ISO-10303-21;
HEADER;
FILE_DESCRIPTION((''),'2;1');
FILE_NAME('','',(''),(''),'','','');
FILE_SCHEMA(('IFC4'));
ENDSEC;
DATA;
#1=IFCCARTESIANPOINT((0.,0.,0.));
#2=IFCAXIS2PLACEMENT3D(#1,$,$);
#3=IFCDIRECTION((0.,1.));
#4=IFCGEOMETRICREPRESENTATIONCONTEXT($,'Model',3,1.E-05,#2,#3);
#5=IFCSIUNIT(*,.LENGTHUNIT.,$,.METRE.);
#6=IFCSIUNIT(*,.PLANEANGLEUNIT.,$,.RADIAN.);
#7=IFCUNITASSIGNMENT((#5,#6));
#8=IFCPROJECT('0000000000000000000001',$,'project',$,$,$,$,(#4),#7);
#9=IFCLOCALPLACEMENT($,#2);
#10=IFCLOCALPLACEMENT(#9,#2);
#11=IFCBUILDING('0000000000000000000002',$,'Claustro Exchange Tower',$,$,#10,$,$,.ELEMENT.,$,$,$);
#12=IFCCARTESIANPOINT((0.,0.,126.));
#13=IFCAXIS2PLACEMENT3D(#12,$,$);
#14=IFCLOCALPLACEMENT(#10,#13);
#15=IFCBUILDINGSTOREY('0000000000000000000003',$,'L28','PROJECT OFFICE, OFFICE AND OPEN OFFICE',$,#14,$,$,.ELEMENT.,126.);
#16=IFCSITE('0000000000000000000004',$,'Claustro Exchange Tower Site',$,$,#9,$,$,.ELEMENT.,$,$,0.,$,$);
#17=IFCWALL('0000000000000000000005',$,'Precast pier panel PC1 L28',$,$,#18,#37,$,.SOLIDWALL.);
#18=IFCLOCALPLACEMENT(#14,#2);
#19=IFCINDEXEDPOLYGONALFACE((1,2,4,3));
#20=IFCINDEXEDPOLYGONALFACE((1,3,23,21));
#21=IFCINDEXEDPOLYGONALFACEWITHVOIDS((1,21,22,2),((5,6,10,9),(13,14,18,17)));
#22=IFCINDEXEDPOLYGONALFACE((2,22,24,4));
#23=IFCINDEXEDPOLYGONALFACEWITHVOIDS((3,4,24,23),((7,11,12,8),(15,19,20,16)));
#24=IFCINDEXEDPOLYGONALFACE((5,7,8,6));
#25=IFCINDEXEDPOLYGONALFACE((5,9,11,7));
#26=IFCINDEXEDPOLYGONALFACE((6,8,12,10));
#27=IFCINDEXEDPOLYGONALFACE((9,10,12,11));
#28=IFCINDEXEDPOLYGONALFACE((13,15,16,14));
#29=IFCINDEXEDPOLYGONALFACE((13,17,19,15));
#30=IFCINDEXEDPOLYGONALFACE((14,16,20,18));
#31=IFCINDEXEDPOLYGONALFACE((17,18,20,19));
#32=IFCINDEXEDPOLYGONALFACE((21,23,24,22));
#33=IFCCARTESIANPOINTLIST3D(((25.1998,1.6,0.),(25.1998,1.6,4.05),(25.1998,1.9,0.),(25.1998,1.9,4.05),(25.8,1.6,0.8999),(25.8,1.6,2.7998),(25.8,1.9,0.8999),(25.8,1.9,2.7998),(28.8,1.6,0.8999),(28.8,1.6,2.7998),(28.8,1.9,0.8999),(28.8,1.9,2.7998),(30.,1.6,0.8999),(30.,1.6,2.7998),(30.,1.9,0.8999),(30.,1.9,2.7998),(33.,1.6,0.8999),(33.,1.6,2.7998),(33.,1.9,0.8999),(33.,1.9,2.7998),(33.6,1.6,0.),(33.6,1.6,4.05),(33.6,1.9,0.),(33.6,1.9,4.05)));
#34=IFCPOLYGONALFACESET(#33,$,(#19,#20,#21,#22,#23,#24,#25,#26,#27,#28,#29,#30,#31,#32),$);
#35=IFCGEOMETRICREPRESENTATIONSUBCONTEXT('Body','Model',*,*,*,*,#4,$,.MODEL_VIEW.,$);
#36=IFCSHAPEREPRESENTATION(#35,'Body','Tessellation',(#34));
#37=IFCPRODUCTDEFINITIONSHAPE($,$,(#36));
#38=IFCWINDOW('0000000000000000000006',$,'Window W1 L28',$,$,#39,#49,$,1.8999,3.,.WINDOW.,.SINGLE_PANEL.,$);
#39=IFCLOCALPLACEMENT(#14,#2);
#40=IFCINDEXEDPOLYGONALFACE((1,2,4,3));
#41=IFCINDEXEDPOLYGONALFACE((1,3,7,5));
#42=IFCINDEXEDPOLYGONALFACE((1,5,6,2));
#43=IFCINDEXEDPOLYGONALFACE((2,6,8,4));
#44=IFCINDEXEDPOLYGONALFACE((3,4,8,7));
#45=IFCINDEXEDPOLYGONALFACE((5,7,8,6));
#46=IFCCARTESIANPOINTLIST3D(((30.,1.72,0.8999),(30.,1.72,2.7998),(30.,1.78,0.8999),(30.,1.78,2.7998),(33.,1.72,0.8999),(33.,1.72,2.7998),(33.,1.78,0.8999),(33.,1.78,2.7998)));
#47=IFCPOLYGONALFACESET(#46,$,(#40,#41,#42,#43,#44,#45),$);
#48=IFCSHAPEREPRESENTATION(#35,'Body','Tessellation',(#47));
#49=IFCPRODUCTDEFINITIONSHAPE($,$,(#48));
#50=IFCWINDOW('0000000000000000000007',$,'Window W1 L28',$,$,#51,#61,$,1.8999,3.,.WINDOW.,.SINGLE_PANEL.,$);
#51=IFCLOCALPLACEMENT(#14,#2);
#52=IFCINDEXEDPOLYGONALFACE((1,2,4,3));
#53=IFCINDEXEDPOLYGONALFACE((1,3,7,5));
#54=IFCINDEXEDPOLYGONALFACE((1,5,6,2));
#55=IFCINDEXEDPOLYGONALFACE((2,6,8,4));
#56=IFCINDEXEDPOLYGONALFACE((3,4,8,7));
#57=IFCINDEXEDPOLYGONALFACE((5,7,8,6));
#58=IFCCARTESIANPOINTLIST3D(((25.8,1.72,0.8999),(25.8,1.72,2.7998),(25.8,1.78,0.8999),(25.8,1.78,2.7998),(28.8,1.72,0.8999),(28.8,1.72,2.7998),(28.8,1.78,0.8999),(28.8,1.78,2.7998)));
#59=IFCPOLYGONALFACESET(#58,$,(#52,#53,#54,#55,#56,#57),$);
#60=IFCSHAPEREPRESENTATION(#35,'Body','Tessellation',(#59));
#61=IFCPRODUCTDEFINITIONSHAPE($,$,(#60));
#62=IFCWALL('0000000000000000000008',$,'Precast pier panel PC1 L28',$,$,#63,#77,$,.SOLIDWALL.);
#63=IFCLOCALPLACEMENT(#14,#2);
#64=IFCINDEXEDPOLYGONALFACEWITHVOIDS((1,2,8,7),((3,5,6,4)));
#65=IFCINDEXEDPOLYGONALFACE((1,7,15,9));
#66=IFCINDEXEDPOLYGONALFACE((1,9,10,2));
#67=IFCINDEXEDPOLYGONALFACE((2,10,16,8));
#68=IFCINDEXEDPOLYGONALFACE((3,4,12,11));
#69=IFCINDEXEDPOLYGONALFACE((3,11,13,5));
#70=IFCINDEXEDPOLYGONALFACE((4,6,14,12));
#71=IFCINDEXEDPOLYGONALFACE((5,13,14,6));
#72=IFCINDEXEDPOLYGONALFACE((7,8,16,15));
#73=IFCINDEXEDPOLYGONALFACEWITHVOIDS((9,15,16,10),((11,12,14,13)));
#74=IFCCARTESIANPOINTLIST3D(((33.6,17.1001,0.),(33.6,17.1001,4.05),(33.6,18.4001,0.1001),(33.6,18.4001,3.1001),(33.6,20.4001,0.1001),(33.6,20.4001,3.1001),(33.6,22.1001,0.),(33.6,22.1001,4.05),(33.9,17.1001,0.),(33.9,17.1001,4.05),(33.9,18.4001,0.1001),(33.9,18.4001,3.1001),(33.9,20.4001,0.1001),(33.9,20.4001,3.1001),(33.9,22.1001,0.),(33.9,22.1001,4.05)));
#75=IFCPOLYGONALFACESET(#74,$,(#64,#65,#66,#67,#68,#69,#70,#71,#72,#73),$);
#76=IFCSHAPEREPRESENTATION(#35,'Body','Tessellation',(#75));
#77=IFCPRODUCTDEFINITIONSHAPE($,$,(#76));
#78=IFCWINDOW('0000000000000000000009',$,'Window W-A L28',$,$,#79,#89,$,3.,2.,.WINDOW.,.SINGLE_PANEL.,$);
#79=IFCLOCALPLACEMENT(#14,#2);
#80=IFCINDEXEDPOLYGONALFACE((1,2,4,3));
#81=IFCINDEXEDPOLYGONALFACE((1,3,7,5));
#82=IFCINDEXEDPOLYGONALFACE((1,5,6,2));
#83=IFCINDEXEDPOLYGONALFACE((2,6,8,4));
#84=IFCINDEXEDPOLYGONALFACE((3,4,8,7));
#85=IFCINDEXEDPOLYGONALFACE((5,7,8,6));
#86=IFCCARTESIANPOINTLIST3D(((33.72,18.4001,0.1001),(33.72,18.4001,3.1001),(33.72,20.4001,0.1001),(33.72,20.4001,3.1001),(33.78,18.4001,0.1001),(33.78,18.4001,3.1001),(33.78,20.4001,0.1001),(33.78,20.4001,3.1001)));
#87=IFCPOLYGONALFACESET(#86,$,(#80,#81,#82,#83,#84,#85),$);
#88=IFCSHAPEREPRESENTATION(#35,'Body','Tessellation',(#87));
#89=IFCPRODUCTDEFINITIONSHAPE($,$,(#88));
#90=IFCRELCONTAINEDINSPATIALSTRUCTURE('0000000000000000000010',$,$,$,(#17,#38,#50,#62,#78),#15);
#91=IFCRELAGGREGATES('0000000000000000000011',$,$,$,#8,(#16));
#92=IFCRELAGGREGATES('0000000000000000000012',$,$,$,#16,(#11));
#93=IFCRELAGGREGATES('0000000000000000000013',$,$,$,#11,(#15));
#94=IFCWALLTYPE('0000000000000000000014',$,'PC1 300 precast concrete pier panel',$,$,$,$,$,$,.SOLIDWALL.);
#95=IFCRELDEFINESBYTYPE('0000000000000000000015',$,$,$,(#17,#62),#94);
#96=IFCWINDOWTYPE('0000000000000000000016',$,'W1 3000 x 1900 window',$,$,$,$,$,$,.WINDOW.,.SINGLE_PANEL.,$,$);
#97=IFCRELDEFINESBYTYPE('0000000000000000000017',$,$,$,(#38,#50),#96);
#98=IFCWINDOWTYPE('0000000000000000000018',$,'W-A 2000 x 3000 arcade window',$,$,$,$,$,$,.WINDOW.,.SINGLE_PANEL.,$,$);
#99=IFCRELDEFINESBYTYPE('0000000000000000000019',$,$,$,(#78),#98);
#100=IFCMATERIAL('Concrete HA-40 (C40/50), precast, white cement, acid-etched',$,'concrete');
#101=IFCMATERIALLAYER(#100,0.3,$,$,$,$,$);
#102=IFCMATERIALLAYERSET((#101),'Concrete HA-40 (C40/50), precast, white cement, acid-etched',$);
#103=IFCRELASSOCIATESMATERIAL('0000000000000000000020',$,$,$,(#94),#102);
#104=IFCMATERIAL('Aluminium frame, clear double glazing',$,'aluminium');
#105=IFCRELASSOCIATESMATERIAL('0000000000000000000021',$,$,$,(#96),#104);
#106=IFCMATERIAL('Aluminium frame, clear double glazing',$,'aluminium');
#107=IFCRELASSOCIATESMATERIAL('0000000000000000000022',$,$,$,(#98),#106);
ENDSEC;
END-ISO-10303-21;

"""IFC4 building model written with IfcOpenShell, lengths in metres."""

from ifc_helpers import new_model, si_unit, direction, frame, frame_2d, origin, place, context, subcontext, project, spatial, rectangle, extrude, material, layer, layer_set, type_object, element, fill, save


model = new_model("IFC4")

# Units and contexts
model_context = context("Model", 3, precision=1e-05, world=origin(), true_north=direction((0.0, 1.0)))
body_context = subcontext(model_context, "Body", "Model", "MODEL_VIEW")
ifc_project = project(units=[si_unit("LENGTHUNIT", "METRE"), si_unit("PLANEANGLEUNIT", "RADIAN")], contexts=[model_context])

# Site, building, storey
site_placement = place(None, origin())
site = spatial("IfcSite", under=ifc_project, at=site_placement, Name="Claustro Exchange Tower Site", CompositionType="ELEMENT", RefElevation=0.0)
building_placement = place(site_placement, origin())
building = spatial("IfcBuilding", under=site, at=building_placement, Name="Claustro Exchange Tower", CompositionType="ELEMENT")
storey_placement = place(building_placement, frame((0.0, 0.0, 126.0)))
storey = spatial("IfcBuildingStorey", under=building, at=storey_placement, Name="L28", Description="PROJECT OFFICE, OFFICE AND OPEN OFFICE", CompositionType="ELEMENT", Elevation=126.0)

# Wall, openings, windows
ifc_material_1 = material(Name="Concrete HA-40 (C40/50), precast, white cement, acid-etched", Category="concrete")
ifc_layer_1 = layer(ifc_material_1, 0.3)
ifc_layer_set_1 = layer_set([ifc_layer_1], Name="Concrete HA-40 (C40/50), precast, white cement, acid-etched")
wall_type_1 = type_object("IfcWallType", Name="PC1 300 precast concrete pier panel", PredefinedType="SOLIDWALL", material=ifc_layer_set_1)
wall_1_placement = place(storey_placement, frame((33.6001, 1.75, 0.0), z_axis=(0.0, 0.0, 1.0), x_axis=(-1.0, 0.0, 0.0)))
wall_1 = element("IfcWall", 1, at=wall_1_placement, inside=storey, type_object=wall_type_1, Name="Precast pier panel PC1 L28", PredefinedType="SOLIDWALL", context=body_context, shape_type="SweptSolid", body=[
    extrude(rectangle(XDim=8.4001, YDim=0.3, at=frame_2d((4.2002, 0.0))), origin(), (0.0, 0.0, 1.0), 4.05),
])
opening_1_placement = place(wall_1_placement, frame((0.6001, 0.0, 0.8999)))
opening_1 = element("IfcOpeningElement", 2, at=opening_1_placement, cuts=wall_1, PredefinedType="OPENING", context=body_context, shape_type="SweptSolid", body=[
    extrude(rectangle(XDim=3.0, YDim=1.8999, at=frame_2d((1.5, 0.95))), frame((0.0, 0.1599, 0.0), z_axis=(0.0, -1.0, 0.0), x_axis=(1.0, 0.0, 0.0)), (0.0, 0.0, 1.0), 0.3201),
])
opening_2_placement = place(wall_1_placement, frame((4.8, 0.0, 0.8999)))
opening_2 = element("IfcOpeningElement", 3, at=opening_2_placement, cuts=wall_1, PredefinedType="OPENING", context=body_context, shape_type="SweptSolid", body=[
    extrude(rectangle(XDim=3.0, YDim=1.8999, at=frame_2d((1.5, 0.95))), frame((0.0, 0.1599, 0.0), z_axis=(0.0, -1.0, 0.0), x_axis=(1.0, 0.0, 0.0)), (0.0, 0.0, 1.0), 0.3201),
])
ifc_material_2 = material(Name="Aluminium frame, clear double glazing", Category="aluminium")
window_type_1 = type_object("IfcWindowType", Name="W1 3000 x 1900 window", PartitioningType="SINGLE_PANEL", PredefinedType="WINDOW", material=ifc_material_2)
window_1_placement = place(opening_1_placement, origin())
window_1 = element("IfcWindow", 4, at=window_1_placement, inside=storey, type_object=window_type_1, Name="Window W1 L28", OverallHeight=1.8999, OverallWidth=3.0, PartitioningType="SINGLE_PANEL", PredefinedType="WINDOW", context=body_context, shape_type="SweptSolid", body=[
    extrude(rectangle(XDim=3.0, YDim=1.8999, at=frame_2d((1.5, 0.95))), frame((0.0, 0.03, 0.0), z_axis=(0.0, -1.0, 0.0), x_axis=(1.0, 0.0, 0.0)), (0.0, 0.0, 1.0), 0.0601),
])
fill(opening_1, window_1)
window_2_placement = place(opening_2_placement, origin())
window_2 = element("IfcWindow", 5, at=window_2_placement, inside=storey, type_object=window_type_1, Name="Window W1 L28", OverallHeight=1.8999, OverallWidth=3.0, PartitioningType="SINGLE_PANEL", PredefinedType="WINDOW", context=body_context, shape_type="SweptSolid", body=[
    extrude(rectangle(XDim=3.0, YDim=1.8999, at=frame_2d((1.5, 0.95))), frame((0.0, 0.03, 0.0), z_axis=(0.0, -1.0, 0.0), x_axis=(1.0, 0.0, 0.0)), (0.0, 0.0, 1.0), 0.0601),
])
fill(opening_2, window_2)

# Wall, opening, window
wall_2_placement = place(storey_placement, frame((33.75, 17.1001, 0.0), z_axis=(0.0, 0.0, 1.0), x_axis=(0.0, 1.0, 0.0)))
wall_2 = element("IfcWall", 6, at=wall_2_placement, inside=storey, type_object=wall_type_1, Name="Precast pier panel PC1 L28", PredefinedType="SOLIDWALL", context=body_context, shape_type="SweptSolid", body=[
    extrude(rectangle(XDim=5.0, YDim=0.3, at=frame_2d((2.5, 0.0))), origin(), (0.0, 0.0, 1.0), 4.05),
])
opening_3_placement = place(wall_2_placement, frame((1.3, 0.0, 0.1001)))
opening_3 = element("IfcOpeningElement", 7, at=opening_3_placement, cuts=wall_2, PredefinedType="OPENING", context=body_context, shape_type="SweptSolid", body=[
    extrude(rectangle(XDim=2.0, YDim=3.0, at=frame_2d((1.0, 1.5))), frame((0.0, 0.1599, 0.0), z_axis=(0.0, -1.0, 0.0), x_axis=(1.0, 0.0, 0.0)), (0.0, 0.0, 1.0), 0.3201),
])
ifc_material_3 = material(Name="Aluminium frame, clear double glazing", Category="aluminium")
window_type_2 = type_object("IfcWindowType", Name="W-A 2000 x 3000 arcade window", PartitioningType="SINGLE_PANEL", PredefinedType="WINDOW", material=ifc_material_3)
window_3_placement = place(opening_3_placement, origin())
window_3 = element("IfcWindow", 8, at=window_3_placement, inside=storey, type_object=window_type_2, Name="Window W-A L28", OverallHeight=3.0, OverallWidth=2.0, PartitioningType="SINGLE_PANEL", PredefinedType="WINDOW", context=body_context, shape_type="SweptSolid", body=[
    extrude(rectangle(XDim=2.0, YDim=3.0, at=frame_2d((1.0, 1.5))), frame((0.0, 0.03, 0.0), z_axis=(0.0, -1.0, 0.0), x_axis=(1.0, 0.0, 0.0)), (0.0, 0.0, 1.0), 0.0601),
])
fill(opening_3, window_3)

save(model, "model.ifc")
